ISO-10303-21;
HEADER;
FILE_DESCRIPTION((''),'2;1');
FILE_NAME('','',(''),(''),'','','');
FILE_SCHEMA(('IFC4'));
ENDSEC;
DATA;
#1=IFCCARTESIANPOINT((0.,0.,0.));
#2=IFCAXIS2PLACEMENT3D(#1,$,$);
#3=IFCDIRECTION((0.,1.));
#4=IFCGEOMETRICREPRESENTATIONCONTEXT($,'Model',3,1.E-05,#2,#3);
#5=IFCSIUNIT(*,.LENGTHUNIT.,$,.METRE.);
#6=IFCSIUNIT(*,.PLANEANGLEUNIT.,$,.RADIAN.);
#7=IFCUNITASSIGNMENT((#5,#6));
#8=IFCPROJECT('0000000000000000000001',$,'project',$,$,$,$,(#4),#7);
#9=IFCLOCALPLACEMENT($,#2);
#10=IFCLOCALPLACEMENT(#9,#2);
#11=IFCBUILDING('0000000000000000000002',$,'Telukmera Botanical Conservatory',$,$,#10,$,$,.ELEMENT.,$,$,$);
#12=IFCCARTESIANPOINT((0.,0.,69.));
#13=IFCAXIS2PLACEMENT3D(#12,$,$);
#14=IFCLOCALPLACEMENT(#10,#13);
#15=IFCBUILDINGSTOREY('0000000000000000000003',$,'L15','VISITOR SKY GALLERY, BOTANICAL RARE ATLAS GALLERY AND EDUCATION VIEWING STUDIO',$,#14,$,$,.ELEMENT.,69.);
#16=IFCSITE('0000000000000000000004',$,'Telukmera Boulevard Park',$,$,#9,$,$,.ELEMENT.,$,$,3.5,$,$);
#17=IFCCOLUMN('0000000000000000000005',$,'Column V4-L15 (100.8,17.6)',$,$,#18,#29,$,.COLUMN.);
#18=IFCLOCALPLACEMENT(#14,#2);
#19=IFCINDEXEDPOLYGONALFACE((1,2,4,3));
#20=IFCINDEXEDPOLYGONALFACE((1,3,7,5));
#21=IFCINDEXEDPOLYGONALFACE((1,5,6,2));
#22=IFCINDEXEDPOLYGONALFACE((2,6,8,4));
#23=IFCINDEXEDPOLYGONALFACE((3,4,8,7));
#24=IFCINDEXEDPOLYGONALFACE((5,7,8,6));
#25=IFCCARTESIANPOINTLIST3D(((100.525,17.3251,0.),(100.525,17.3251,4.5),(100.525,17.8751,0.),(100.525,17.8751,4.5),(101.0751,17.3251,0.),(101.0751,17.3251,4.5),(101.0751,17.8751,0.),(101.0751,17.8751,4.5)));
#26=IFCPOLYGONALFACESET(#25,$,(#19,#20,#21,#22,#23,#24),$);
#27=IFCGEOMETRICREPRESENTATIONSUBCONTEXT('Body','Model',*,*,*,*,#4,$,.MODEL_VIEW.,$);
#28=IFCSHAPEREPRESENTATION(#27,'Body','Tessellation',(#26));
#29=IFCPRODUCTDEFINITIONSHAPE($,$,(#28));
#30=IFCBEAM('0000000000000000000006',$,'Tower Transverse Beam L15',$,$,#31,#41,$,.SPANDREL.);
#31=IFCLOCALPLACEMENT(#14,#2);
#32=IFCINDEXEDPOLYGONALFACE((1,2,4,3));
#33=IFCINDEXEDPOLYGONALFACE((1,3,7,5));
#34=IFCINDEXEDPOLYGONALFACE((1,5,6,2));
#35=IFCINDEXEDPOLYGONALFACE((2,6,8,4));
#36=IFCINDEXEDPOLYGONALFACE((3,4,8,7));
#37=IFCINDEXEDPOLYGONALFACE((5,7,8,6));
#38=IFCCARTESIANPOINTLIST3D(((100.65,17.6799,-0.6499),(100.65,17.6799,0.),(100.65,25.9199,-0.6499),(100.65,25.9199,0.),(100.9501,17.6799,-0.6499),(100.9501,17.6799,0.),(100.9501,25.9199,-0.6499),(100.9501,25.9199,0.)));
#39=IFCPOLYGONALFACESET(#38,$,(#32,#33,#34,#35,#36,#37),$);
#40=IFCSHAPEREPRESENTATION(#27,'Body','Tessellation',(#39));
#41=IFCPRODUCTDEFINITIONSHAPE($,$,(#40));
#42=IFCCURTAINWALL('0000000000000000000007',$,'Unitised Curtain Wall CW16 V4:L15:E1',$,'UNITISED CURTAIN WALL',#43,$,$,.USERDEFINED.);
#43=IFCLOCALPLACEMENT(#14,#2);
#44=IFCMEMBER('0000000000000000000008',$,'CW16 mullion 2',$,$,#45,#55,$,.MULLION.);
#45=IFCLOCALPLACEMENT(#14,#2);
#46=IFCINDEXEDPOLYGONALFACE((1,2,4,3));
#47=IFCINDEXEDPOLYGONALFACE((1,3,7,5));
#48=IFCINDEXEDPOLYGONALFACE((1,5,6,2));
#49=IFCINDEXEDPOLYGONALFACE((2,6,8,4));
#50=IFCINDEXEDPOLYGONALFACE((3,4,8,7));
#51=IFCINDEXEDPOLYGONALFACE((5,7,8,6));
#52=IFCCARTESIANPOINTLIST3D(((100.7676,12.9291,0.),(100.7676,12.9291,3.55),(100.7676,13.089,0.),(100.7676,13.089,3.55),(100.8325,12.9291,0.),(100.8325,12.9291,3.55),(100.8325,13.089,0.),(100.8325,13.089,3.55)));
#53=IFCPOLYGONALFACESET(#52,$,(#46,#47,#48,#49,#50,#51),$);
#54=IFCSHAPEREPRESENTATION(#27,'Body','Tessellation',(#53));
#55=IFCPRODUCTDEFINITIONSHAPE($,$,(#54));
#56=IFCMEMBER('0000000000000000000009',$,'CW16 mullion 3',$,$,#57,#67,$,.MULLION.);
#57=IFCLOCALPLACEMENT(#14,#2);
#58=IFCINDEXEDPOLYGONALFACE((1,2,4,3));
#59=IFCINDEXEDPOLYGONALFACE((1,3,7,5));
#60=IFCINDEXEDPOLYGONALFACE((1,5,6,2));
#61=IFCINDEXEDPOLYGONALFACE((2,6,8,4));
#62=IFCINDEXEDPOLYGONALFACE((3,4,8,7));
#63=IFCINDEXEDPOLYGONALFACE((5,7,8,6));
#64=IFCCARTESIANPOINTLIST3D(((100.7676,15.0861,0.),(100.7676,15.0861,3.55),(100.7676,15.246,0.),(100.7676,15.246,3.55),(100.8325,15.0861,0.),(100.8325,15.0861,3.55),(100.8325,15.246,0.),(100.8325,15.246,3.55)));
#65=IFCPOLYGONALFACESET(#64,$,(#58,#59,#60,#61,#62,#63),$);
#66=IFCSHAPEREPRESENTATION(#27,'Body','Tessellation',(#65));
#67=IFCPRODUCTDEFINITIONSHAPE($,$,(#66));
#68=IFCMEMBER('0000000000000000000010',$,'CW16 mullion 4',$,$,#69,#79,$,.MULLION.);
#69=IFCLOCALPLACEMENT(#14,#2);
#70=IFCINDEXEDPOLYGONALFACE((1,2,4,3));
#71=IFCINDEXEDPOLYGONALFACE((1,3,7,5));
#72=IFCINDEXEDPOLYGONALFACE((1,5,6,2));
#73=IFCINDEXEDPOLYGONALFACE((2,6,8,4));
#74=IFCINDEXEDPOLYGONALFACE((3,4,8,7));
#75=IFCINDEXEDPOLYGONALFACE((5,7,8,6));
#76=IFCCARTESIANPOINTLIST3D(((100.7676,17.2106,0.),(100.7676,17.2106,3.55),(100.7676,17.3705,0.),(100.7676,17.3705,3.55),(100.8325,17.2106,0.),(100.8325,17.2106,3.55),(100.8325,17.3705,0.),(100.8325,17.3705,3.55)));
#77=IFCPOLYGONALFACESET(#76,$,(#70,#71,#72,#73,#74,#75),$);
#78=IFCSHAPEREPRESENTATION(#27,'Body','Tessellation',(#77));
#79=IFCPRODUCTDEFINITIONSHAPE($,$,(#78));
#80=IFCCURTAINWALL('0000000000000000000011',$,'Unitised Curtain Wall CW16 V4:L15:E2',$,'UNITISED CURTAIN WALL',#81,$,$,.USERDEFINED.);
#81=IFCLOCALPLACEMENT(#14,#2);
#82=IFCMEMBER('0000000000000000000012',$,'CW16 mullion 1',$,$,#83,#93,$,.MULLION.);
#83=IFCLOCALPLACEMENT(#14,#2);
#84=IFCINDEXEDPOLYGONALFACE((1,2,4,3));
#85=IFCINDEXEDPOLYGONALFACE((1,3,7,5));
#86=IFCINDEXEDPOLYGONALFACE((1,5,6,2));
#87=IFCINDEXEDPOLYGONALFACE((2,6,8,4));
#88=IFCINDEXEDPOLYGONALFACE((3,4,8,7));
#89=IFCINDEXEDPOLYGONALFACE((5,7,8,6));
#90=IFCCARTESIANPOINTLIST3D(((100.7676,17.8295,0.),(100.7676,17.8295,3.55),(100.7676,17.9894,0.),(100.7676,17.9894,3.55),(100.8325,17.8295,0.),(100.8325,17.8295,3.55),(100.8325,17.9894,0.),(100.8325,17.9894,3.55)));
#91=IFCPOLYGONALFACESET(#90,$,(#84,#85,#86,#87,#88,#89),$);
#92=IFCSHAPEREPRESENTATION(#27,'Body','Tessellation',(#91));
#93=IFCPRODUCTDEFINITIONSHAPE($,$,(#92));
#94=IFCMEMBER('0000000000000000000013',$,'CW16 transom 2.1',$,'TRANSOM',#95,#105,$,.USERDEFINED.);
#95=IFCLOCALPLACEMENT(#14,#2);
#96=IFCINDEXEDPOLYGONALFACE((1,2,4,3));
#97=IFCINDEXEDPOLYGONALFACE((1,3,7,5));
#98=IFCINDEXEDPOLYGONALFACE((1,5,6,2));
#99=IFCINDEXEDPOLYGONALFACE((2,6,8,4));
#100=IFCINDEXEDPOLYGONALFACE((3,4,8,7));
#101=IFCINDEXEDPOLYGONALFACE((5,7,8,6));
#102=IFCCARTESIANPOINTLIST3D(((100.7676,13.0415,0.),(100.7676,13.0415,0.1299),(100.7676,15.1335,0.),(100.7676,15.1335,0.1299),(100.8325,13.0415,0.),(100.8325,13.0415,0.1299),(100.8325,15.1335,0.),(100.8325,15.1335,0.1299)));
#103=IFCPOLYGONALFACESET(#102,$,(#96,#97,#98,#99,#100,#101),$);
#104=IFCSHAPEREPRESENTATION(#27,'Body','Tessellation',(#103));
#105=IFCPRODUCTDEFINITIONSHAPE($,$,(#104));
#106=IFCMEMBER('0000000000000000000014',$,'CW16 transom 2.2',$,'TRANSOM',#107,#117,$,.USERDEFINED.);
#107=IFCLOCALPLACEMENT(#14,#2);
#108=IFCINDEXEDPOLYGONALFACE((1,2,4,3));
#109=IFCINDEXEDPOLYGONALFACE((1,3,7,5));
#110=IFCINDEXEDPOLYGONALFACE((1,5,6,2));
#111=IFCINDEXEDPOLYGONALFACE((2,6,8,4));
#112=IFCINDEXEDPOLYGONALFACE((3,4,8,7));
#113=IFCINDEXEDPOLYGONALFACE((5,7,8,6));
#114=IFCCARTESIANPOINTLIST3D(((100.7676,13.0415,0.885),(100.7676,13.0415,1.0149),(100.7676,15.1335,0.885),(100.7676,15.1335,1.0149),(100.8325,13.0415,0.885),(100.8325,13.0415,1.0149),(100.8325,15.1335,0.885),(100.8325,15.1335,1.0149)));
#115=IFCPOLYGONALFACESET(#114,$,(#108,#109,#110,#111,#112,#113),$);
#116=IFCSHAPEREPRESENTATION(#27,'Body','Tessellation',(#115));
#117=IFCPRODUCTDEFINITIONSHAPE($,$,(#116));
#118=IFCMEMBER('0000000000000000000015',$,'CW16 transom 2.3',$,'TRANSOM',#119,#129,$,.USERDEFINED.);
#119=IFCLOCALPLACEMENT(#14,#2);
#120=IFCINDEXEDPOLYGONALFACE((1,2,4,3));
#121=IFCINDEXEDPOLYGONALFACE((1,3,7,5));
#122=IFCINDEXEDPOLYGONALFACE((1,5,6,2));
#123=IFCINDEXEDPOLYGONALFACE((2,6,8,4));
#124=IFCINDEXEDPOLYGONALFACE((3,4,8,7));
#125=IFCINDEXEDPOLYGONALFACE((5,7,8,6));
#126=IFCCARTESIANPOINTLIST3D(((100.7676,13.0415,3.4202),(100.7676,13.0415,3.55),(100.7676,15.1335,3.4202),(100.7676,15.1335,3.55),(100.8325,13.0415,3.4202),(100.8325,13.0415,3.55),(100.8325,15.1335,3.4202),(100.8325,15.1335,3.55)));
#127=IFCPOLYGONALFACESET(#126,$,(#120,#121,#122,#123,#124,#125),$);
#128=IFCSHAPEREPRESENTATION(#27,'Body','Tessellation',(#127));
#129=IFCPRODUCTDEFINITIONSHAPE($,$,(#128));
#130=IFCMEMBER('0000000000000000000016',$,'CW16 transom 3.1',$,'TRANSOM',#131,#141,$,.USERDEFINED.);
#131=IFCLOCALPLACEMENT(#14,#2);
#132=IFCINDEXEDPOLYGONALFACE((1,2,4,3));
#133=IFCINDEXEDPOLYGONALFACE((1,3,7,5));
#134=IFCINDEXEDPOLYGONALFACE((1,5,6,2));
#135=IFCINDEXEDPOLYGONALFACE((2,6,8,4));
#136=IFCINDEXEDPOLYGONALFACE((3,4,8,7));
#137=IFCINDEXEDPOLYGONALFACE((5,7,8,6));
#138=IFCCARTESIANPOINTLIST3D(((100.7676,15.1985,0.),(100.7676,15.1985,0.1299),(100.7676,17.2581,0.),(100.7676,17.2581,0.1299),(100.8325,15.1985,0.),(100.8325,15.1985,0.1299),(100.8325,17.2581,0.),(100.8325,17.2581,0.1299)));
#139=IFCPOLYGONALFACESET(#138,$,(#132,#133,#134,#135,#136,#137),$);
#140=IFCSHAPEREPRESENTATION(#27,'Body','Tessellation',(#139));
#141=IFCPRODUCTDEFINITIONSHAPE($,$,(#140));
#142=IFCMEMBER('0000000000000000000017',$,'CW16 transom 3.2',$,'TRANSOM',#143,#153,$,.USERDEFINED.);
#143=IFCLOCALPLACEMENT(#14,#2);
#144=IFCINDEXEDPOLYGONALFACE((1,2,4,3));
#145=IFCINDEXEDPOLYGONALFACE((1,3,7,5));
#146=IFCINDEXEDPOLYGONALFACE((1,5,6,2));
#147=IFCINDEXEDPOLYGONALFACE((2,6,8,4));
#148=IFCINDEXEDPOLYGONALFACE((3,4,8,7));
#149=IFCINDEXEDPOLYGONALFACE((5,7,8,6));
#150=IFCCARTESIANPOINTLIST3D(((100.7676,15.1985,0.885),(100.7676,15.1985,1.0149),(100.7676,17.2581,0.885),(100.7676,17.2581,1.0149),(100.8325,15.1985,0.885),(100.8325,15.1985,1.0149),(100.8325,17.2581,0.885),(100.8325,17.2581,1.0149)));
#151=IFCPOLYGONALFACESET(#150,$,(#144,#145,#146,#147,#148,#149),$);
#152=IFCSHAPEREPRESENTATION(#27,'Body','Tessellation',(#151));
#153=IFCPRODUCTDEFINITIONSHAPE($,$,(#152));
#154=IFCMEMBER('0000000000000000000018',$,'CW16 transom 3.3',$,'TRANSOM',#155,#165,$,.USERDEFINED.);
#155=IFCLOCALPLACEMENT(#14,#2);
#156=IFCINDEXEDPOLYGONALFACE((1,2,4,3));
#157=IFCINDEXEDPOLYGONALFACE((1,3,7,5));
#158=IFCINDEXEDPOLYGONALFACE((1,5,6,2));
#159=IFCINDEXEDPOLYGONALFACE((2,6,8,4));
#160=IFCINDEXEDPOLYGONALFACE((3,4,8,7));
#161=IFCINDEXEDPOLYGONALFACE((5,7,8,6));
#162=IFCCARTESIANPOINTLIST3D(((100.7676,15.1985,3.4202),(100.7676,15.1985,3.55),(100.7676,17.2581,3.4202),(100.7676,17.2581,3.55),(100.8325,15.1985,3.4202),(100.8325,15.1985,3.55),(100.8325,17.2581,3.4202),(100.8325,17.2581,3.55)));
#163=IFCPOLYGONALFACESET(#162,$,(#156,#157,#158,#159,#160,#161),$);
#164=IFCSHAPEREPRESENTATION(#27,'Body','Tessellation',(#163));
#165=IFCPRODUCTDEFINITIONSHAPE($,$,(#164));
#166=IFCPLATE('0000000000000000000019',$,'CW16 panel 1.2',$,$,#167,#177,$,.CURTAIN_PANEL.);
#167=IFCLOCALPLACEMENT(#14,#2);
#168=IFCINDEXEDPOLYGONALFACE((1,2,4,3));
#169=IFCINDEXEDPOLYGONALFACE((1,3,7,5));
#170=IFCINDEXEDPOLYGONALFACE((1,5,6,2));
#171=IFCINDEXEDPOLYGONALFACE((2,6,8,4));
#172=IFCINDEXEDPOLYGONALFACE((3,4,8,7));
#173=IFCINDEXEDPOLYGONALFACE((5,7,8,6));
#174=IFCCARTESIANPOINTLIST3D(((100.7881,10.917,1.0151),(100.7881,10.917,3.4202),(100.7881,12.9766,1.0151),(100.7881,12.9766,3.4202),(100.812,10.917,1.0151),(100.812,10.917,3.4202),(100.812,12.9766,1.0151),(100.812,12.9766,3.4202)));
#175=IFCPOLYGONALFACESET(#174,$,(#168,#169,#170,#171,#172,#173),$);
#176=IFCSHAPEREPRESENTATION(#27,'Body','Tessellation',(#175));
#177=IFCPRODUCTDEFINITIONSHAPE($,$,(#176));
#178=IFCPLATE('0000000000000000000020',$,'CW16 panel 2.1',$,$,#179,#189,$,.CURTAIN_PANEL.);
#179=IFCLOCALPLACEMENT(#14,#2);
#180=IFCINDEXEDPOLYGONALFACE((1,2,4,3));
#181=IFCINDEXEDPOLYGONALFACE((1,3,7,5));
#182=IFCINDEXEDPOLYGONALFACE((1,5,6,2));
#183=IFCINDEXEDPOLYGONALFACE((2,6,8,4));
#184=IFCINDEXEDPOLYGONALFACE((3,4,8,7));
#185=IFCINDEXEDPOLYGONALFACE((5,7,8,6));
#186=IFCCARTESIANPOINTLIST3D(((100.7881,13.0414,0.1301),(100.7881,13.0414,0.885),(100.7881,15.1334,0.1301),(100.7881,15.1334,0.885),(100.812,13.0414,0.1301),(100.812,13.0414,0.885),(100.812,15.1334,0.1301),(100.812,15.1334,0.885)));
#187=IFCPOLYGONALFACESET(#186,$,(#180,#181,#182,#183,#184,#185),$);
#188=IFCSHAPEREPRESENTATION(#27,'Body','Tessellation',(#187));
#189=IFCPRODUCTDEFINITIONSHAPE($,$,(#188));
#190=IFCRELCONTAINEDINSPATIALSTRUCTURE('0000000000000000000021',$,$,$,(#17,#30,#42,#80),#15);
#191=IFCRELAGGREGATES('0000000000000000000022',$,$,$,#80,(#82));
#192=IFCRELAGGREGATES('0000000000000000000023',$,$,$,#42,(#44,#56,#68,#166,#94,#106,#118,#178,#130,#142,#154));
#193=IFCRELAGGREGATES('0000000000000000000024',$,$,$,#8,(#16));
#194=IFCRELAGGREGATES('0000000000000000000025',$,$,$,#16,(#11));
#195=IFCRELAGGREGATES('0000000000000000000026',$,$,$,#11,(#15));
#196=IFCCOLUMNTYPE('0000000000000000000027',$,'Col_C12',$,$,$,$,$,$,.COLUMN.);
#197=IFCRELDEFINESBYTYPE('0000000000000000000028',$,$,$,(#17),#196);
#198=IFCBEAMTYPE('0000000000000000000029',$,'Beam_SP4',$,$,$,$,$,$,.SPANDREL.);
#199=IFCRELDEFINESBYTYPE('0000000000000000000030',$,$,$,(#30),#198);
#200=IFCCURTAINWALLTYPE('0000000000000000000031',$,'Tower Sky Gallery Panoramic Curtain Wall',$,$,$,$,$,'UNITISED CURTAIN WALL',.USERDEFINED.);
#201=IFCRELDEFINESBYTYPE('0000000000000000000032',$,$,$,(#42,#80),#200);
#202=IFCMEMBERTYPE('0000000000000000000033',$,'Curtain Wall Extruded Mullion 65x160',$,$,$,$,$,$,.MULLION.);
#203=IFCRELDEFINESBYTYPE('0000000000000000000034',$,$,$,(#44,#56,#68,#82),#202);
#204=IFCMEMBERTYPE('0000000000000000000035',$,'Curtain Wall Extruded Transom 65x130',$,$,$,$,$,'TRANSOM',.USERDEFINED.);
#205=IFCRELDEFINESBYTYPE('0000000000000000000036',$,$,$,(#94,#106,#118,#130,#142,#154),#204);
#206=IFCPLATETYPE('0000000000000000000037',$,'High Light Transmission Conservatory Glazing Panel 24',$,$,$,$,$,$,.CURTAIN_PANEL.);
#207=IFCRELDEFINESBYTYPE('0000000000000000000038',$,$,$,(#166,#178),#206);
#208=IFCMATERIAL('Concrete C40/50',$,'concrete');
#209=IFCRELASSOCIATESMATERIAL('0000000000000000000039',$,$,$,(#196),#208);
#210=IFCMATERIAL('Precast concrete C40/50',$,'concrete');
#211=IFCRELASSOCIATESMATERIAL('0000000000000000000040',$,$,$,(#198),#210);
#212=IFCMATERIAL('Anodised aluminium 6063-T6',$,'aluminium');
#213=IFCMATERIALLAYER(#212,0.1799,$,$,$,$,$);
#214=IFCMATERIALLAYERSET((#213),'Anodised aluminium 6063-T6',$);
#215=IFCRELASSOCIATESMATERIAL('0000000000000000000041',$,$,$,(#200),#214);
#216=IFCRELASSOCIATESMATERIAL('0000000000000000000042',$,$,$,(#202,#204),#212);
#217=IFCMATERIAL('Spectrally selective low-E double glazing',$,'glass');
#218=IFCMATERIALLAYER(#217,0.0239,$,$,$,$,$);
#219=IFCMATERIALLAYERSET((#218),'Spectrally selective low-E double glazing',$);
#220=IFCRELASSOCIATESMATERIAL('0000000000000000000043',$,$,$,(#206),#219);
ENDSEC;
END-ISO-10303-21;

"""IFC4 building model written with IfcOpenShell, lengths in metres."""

from ifc_helpers import new_model, si_unit, direction, frame, origin, origin_2d, place, context, subcontext, project, spatial, rectangle, extrude, material, layer, layer_set, material_profile, profile_set, type_object, element, aggregate, save


model = new_model("IFC4")

# Units and contexts
model_context = context("Model", 3, precision=1e-05, world=origin(), true_north=direction((0.0, 1.0)))
body_context = subcontext(model_context, "Body", "Model", "MODEL_VIEW")
ifc_project = project(units=[si_unit("LENGTHUNIT", "METRE"), si_unit("PLANEANGLEUNIT", "RADIAN")], contexts=[model_context])

# Site, building, storey
site_placement = place(None, origin())
site = spatial("IfcSite", under=ifc_project, at=site_placement, Name="Telukmera Boulevard Park", CompositionType="ELEMENT", RefElevation=3.5)
building_placement = place(site_placement, origin())
building = spatial("IfcBuilding", under=site, at=building_placement, Name="Telukmera Botanical Conservatory", CompositionType="ELEMENT")
storey_placement = place(building_placement, frame((0.0, 0.0, 69.0)))
storey = spatial("IfcBuildingStorey", under=building, at=storey_placement, Name="L15", Description="VISITOR SKY GALLERY, BOTANICAL RARE ATLAS GALLERY AND EDUCATION VIEWING STUDIO", CompositionType="ELEMENT", Elevation=69.0)

# Column
ifc_material_1 = material(Name="Concrete C40/50", Category="concrete")
ifc_material_profile_1 = material_profile(ifc_material_1, rectangle(XDim=0.55, YDim=0.55, at=origin_2d()), Name="RC 550x550")
ifc_profile_set_1 = profile_set([ifc_material_profile_1], Name="Concrete C40/50")
column_type = type_object("IfcColumnType", Name="Col_C12", PredefinedType="COLUMN", material=ifc_profile_set_1)
column_placement = place(storey_placement, frame((100.8, 17.6001, 0.0), z_axis=(0.0, 0.0, 1.0), x_axis=(1.0, 0.0, 0.0)))
element("IfcColumn", 1, at=column_placement, inside=storey, type_object=column_type, Name="Column V4-L15 (100.8,17.6)", PredefinedType="COLUMN", context=body_context, shape_type="SweptSolid", body=[
    extrude(rectangle(XDim=0.55, YDim=0.55, at=origin_2d()), origin(), (0.0, 0.0, 1.0), 4.5),
])

# Beam
ifc_material_2 = material(Name="Precast concrete C40/50", Category="concrete")
ifc_material_profile_2 = material_profile(ifc_material_2, rectangle(XDim=0.3, YDim=0.6499, at=origin_2d()), Name="PC 300x650")
ifc_profile_set_2 = profile_set([ifc_material_profile_2], Name="Precast concrete C40/50")
beam_type = type_object("IfcBeamType", Name="Beam_SP4", PredefinedType="SPANDREL", material=ifc_profile_set_2)
beam_placement = place(storey_placement, frame((100.8, 17.6799, -0.325), z_axis=(0.0, 1.0, 0.0), x_axis=(-1.0, 0.0, 0.0)))
element("IfcBeam", 2, at=beam_placement, inside=storey, type_object=beam_type, Name="Tower Transverse Beam L15", PredefinedType="SPANDREL", context=body_context, shape_type="SweptSolid", body=[
    extrude(rectangle(XDim=0.3, YDim=0.6499, at=origin_2d()), origin(), (0.0, 0.0, 1.0), 8.24),
])

# Curtain wall, members
ifc_material_3 = material(Name="Anodised aluminium 6063-T6", Category="aluminium")
ifc_layer_1 = layer(ifc_material_3, 0.1799)
ifc_layer_set_1 = layer_set([ifc_layer_1], Name="Anodised aluminium 6063-T6")
curtain_wall_type = type_object("IfcCurtainWallType", Name="Tower Sky Gallery Panoramic Curtain Wall", ElementType="UNITISED CURTAIN WALL", PredefinedType="USERDEFINED", material=ifc_layer_set_1)
curtain_wall_1_placement = place(storey_placement, origin())
curtain_wall_1 = element("IfcCurtainWall", 3, at=curtain_wall_1_placement, inside=storey, type_object=curtain_wall_type, Name="Unitised Curtain Wall CW16 V4:L15:E1", ObjectType="UNITISED CURTAIN WALL", PredefinedType="USERDEFINED")
ifc_material_profile_3 = material_profile(ifc_material_3, rectangle(XDim=0.0649, YDim=0.1599, at=origin_2d()), Name="ALU MULL 65x160")
ifc_profile_set_3 = profile_set([ifc_material_profile_3], Name="Anodised aluminium 6063-T6")
member_type_1 = type_object("IfcMemberType", Name="Curtain Wall Extruded Mullion 65x160", PredefinedType="MULLION", material=ifc_profile_set_3)
member_1_placement = place(storey_placement, frame((100.8, 13.009, 0.0), z_axis=(0.0, 0.0, 1.0), x_axis=(-1.0, 0.0, 0.0)))
member_1 = element("IfcMember", 4, at=member_1_placement, type_object=member_type_1, Name="CW16 mullion 2", PredefinedType="MULLION", context=body_context, shape_type="SweptSolid", body=[
    extrude(rectangle(XDim=0.0649, YDim=0.1599, at=origin_2d()), origin(), (0.0, 0.0, 1.0), 3.55),
])
member_2_placement = place(storey_placement, frame((100.8, 15.166, 0.0), z_axis=(0.0, 0.0, 1.0), x_axis=(-1.0, 0.0, 0.0)))
member_2 = element("IfcMember", 5, at=member_2_placement, type_object=member_type_1, Name="CW16 mullion 3", PredefinedType="MULLION", context=body_context, shape_type="SweptSolid", body=[
    extrude(rectangle(XDim=0.0649, YDim=0.1599, at=origin_2d()), origin(), (0.0, 0.0, 1.0), 3.55),
])
member_3_placement = place(storey_placement, frame((100.8, 17.2905, 0.0), z_axis=(0.0, 0.0, 1.0), x_axis=(-1.0, 0.0, 0.0)))
member_3 = element("IfcMember", 6, at=member_3_placement, type_object=member_type_1, Name="CW16 mullion 4", PredefinedType="MULLION", context=body_context, shape_type="SweptSolid", body=[
    extrude(rectangle(XDim=0.0649, YDim=0.1599, at=origin_2d()), origin(), (0.0, 0.0, 1.0), 3.55),
])

# Curtain wall, member
curtain_wall_2_placement = place(storey_placement, origin())
curtain_wall_2 = element("IfcCurtainWall", 7, at=curtain_wall_2_placement, inside=storey, type_object=curtain_wall_type, Name="Unitised Curtain Wall CW16 V4:L15:E2", ObjectType="UNITISED CURTAIN WALL", PredefinedType="USERDEFINED")
member_4_placement = place(storey_placement, frame((100.8, 17.9094, 0.0), z_axis=(0.0, 0.0, 1.0), x_axis=(-1.0, 0.0, 0.0)))
member_4 = element("IfcMember", 8, at=member_4_placement, type_object=member_type_1, Name="CW16 mullion 1", PredefinedType="MULLION", context=body_context, shape_type="SweptSolid", body=[
    extrude(rectangle(XDim=0.0649, YDim=0.1599, at=origin_2d()), origin(), (0.0, 0.0, 1.0), 3.55),
])
aggregate(curtain_wall_2, [member_4])

# Members
ifc_material_profile_4 = material_profile(ifc_material_3, rectangle(XDim=0.0649, YDim=0.1299, at=origin_2d()), Name="ALU TRAN 65x130")
ifc_profile_set_4 = profile_set([ifc_material_profile_4], Name="Anodised aluminium 6063-T6")
member_type_2 = type_object("IfcMemberType", Name="Curtain Wall Extruded Transom 65x130", ElementType="TRANSOM", PredefinedType="USERDEFINED", material=ifc_profile_set_4)
member_5_placement = place(storey_placement, frame((100.8, 13.0415, 0.0649), z_axis=(0.0, 1.0, 0.0), x_axis=(-1.0, 0.0, 0.0)))
member_5 = element("IfcMember", 9, at=member_5_placement, type_object=member_type_2, Name="CW16 transom 2.1", ObjectType="TRANSOM", PredefinedType="USERDEFINED", context=body_context, shape_type="SweptSolid", body=[
    extrude(rectangle(XDim=0.0649, YDim=0.1299, at=origin_2d()), origin(), (0.0, 0.0, 1.0), 2.092),
])
member_6_placement = place(storey_placement, frame((100.8, 13.0415, 0.95), z_axis=(0.0, 1.0, 0.0), x_axis=(-1.0, 0.0, 0.0)))
member_6 = element("IfcMember", 10, at=member_6_placement, type_object=member_type_2, Name="CW16 transom 2.2", ObjectType="TRANSOM", PredefinedType="USERDEFINED", context=body_context, shape_type="SweptSolid", body=[
    extrude(rectangle(XDim=0.0649, YDim=0.1299, at=origin_2d()), origin(), (0.0, 0.0, 1.0), 2.092),
])
member_7_placement = place(storey_placement, frame((100.8, 13.0415, 3.4851), z_axis=(0.0, 1.0, 0.0), x_axis=(-1.0, 0.0, 0.0)))
member_7 = element("IfcMember", 11, at=member_7_placement, type_object=member_type_2, Name="CW16 transom 2.3", ObjectType="TRANSOM", PredefinedType="USERDEFINED", context=body_context, shape_type="SweptSolid", body=[
    extrude(rectangle(XDim=0.0649, YDim=0.1299, at=origin_2d()), origin(), (0.0, 0.0, 1.0), 2.092),
])
member_8_placement = place(storey_placement, frame((100.8, 15.1985, 0.0649), z_axis=(0.0, 1.0, 0.0), x_axis=(-1.0, 0.0, 0.0)))
member_8 = element("IfcMember", 12, at=member_8_placement, type_object=member_type_2, Name="CW16 transom 3.1", ObjectType="TRANSOM", PredefinedType="USERDEFINED", context=body_context, shape_type="SweptSolid", body=[
    extrude(rectangle(XDim=0.0649, YDim=0.1299, at=origin_2d()), origin(), (0.0, 0.0, 1.0), 2.0596),
])
member_9_placement = place(storey_placement, frame((100.8, 15.1985, 0.95), z_axis=(0.0, 1.0, 0.0), x_axis=(-1.0, 0.0, 0.0)))
member_9 = element("IfcMember", 13, at=member_9_placement, type_object=member_type_2, Name="CW16 transom 3.2", ObjectType="TRANSOM", PredefinedType="USERDEFINED", context=body_context, shape_type="SweptSolid", body=[
    extrude(rectangle(XDim=0.0649, YDim=0.1299, at=origin_2d()), origin(), (0.0, 0.0, 1.0), 2.0596),
])
member_10_placement = place(storey_placement, frame((100.8, 15.1985, 3.4851), z_axis=(0.0, 1.0, 0.0), x_axis=(-1.0, 0.0, 0.0)))
member_10 = element("IfcMember", 14, at=member_10_placement, type_object=member_type_2, Name="CW16 transom 3.3", ObjectType="TRANSOM", PredefinedType="USERDEFINED", context=body_context, shape_type="SweptSolid", body=[
    extrude(rectangle(XDim=0.0649, YDim=0.1299, at=origin_2d()), origin(), (0.0, 0.0, 1.0), 2.0596),
])

# Plates
ifc_material_4 = material(Name="Spectrally selective low-E double glazing", Category="glass")
ifc_layer_2 = layer(ifc_material_4, 0.0239)
ifc_layer_set_2 = layer_set([ifc_layer_2], Name="Spectrally selective low-E double glazing")
plate_type = type_object("IfcPlateType", Name="High Light Transmission Conservatory Glazing Panel 24", PredefinedType="CURTAIN_PANEL", material=ifc_layer_set_2)
plate_1_placement = place(storey_placement, frame((100.8, 11.9468, 1.0151), z_axis=(0.0, 0.0, 1.0), x_axis=(0.0, 1.0, 0.0)))
plate_1 = element("IfcPlate", 15, at=plate_1_placement, type_object=plate_type, Name="CW16 panel 1.2", PredefinedType="CURTAIN_PANEL", context=body_context, shape_type="SweptSolid", body=[
    extrude(rectangle(XDim=2.0596, YDim=0.0239, at=origin_2d()), origin(), (0.0, 0.0, 1.0), 2.405),
])
plate_2_placement = place(storey_placement, frame((100.8, 14.0874, 0.1301), z_axis=(0.0, 0.0, 1.0), x_axis=(0.0, 1.0, 0.0)))
plate_2 = element("IfcPlate", 16, at=plate_2_placement, type_object=plate_type, Name="CW16 panel 2.1", PredefinedType="CURTAIN_PANEL", context=body_context, shape_type="SweptSolid", body=[
    extrude(rectangle(XDim=2.092, YDim=0.0239, at=origin_2d()), origin(), (0.0, 0.0, 1.0), 0.7549),
])
aggregate(curtain_wall_1, [member_1, member_2, member_3, plate_1, member_5, member_6, member_7, plate_2, member_8, member_9, member_10])

save(model, "model.ifc")
